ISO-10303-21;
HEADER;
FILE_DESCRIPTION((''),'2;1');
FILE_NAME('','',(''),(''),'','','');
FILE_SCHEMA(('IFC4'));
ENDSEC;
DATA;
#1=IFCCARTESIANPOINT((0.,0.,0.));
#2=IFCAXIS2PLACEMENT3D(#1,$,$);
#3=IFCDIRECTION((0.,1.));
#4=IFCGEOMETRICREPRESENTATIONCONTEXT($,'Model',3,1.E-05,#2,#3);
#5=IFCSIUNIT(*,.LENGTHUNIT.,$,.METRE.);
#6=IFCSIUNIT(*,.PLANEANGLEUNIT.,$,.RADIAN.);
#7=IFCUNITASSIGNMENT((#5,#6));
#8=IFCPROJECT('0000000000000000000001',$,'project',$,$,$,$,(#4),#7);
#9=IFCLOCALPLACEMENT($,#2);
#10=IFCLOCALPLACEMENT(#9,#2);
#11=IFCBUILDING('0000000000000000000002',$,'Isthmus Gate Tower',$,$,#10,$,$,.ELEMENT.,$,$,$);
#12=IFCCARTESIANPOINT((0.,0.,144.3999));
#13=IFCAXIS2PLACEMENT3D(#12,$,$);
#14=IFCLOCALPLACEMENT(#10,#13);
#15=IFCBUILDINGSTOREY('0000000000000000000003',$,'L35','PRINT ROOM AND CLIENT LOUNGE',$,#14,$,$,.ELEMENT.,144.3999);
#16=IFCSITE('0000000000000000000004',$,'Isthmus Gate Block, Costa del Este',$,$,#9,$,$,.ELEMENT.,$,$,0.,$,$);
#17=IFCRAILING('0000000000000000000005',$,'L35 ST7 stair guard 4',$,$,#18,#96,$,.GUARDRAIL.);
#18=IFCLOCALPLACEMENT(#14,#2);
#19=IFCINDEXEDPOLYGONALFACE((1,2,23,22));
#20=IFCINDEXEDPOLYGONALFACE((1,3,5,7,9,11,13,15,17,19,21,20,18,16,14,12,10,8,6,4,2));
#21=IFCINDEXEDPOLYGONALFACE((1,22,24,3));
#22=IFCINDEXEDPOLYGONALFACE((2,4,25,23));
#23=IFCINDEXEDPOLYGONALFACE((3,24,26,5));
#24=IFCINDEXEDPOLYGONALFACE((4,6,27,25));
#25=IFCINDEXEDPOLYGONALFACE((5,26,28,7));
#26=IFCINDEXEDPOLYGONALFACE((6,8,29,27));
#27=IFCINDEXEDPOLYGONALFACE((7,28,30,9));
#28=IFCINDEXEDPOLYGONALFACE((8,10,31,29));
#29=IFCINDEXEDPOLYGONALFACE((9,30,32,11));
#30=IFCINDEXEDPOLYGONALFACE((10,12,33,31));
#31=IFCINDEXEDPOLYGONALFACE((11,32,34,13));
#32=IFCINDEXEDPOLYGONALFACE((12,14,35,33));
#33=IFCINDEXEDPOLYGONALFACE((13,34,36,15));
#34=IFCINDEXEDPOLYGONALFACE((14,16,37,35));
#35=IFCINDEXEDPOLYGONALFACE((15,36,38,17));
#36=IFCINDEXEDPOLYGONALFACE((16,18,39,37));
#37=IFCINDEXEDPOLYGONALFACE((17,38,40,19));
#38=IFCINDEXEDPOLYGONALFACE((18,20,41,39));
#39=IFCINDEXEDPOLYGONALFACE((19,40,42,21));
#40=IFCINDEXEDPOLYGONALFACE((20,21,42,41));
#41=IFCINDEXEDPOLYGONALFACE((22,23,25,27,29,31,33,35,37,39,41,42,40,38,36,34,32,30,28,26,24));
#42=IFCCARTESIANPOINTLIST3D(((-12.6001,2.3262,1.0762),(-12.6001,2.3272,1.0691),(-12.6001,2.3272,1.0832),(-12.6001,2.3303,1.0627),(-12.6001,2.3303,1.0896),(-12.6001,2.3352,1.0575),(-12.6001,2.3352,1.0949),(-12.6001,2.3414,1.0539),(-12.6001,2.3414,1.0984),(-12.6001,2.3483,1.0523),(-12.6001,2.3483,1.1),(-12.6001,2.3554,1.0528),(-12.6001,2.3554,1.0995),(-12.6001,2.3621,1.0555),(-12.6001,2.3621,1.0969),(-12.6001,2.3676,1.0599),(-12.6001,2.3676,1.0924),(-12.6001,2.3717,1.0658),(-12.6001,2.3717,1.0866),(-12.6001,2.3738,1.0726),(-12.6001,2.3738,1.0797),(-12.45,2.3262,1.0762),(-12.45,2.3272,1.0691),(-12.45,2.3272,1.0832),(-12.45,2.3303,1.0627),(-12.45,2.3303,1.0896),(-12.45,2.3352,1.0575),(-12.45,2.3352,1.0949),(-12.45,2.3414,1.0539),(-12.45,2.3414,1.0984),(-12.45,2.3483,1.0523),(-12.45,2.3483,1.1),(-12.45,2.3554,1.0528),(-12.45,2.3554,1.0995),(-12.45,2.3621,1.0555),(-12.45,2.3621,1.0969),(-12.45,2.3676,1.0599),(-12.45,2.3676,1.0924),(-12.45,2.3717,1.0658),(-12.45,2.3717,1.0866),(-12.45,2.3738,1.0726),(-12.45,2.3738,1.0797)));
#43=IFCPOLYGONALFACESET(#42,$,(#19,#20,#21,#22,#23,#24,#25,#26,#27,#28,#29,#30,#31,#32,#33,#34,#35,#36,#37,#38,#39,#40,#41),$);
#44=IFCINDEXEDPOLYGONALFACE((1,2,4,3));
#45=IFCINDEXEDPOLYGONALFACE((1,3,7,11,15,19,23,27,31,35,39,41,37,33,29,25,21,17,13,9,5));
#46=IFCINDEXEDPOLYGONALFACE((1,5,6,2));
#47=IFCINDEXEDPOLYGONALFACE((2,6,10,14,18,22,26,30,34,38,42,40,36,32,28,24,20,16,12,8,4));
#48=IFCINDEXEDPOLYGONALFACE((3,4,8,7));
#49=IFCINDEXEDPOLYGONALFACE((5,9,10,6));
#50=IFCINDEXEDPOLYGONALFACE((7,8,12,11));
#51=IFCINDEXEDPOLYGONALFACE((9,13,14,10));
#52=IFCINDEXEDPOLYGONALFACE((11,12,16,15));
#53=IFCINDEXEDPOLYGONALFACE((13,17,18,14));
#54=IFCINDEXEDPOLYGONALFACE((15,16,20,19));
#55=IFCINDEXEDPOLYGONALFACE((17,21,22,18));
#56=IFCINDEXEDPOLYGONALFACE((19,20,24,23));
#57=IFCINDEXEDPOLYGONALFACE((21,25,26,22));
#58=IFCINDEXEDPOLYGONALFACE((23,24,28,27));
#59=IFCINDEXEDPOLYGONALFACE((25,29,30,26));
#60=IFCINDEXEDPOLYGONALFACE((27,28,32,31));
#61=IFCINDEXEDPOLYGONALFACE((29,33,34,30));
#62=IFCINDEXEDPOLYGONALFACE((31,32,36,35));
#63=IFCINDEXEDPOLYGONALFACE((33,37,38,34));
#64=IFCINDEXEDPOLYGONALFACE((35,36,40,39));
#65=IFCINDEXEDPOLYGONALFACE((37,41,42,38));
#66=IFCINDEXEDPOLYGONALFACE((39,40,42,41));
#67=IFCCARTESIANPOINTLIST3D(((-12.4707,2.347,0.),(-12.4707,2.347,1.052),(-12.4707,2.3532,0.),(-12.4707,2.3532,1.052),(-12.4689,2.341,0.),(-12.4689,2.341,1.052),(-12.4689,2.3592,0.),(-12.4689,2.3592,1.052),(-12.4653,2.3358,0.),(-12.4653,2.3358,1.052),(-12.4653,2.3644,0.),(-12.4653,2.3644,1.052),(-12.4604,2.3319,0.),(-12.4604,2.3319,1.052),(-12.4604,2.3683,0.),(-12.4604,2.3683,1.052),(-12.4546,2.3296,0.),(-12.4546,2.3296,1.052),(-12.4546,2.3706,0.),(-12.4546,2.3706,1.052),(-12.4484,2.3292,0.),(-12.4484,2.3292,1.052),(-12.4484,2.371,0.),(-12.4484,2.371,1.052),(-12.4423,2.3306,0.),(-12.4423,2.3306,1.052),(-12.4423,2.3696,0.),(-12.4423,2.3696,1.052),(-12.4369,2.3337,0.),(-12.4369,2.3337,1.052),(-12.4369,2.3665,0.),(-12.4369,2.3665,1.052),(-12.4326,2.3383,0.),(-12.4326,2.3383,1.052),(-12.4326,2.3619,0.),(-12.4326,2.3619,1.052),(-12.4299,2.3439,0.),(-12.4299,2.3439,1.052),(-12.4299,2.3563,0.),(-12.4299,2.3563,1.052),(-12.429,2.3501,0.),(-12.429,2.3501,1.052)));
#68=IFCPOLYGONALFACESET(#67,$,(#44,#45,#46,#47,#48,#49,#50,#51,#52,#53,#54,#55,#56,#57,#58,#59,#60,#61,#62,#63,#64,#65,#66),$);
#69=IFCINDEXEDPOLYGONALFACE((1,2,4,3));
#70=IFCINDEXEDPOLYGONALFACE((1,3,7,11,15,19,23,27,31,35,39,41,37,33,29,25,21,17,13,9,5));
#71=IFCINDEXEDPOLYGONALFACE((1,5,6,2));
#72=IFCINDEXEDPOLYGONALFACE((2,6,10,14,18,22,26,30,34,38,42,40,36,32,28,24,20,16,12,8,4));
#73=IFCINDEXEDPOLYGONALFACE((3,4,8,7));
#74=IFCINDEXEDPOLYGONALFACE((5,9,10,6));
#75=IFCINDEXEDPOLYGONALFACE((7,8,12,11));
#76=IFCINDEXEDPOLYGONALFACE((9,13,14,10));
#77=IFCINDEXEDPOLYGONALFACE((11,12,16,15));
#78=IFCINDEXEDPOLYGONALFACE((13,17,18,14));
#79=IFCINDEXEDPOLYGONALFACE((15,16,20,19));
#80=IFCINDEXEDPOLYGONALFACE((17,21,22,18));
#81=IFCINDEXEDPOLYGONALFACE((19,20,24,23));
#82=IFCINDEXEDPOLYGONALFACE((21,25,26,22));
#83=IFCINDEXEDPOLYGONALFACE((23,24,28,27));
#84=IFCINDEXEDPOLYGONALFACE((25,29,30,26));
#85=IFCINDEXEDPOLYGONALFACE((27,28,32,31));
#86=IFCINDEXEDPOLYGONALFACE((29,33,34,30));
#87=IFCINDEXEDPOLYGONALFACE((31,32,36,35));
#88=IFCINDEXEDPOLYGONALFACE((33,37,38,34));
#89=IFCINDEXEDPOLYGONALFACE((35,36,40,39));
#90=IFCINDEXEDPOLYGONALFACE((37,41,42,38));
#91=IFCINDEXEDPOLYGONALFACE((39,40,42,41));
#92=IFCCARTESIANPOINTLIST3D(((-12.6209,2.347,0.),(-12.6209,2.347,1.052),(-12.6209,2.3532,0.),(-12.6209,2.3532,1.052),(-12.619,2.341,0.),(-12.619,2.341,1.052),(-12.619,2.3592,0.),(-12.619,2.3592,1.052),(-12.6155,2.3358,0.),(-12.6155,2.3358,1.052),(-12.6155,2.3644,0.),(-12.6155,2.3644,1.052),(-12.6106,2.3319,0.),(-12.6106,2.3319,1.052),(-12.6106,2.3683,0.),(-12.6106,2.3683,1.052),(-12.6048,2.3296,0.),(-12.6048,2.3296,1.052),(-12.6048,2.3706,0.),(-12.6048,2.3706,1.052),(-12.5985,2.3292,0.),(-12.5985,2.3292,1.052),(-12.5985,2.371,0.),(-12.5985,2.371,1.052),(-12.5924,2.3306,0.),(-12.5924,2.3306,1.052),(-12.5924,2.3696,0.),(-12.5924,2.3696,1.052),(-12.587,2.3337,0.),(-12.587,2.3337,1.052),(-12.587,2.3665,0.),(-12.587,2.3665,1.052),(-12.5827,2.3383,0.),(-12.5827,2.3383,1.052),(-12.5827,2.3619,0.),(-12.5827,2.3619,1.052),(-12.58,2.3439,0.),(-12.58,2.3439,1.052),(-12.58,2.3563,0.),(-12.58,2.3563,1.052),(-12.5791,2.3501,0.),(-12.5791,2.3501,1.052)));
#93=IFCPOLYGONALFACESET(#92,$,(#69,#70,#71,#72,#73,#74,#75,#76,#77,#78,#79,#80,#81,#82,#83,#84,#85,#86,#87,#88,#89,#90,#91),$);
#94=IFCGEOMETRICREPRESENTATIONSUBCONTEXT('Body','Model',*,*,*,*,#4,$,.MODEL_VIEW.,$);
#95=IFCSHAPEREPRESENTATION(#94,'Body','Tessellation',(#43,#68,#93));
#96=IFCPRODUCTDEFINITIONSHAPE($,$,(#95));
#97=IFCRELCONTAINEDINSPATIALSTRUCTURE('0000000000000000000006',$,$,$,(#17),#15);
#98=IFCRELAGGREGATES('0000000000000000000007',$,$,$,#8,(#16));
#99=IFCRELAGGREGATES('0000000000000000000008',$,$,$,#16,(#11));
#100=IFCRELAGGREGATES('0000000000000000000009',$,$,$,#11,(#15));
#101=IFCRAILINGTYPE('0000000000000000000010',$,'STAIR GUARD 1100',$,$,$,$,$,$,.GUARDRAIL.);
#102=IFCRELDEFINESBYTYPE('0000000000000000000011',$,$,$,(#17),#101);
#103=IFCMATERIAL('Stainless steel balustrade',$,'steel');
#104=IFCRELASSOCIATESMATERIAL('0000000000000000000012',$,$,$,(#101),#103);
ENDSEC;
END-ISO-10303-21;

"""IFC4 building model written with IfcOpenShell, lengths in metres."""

from ifc_helpers import new_model, si_unit, direction, frame, origin, origin_2d, place, context, subcontext, project, spatial, circle, extrude, material, type_object, element, save


model = new_model("IFC4")

# Units and contexts
model_context = context("Model", 3, precision=1e-05, world=origin(), true_north=direction((0.0, 1.0)))
body_context = subcontext(model_context, "Body", "Model", "MODEL_VIEW")
ifc_project = project(units=[si_unit("LENGTHUNIT", "METRE"), si_unit("PLANEANGLEUNIT", "RADIAN")], contexts=[model_context])

# Site, building, storey
site_placement = place(None, origin())
site = spatial("IfcSite", under=ifc_project, at=site_placement, Name="Isthmus Gate Block, Costa del Este", CompositionType="ELEMENT", RefElevation=0.0)
building_placement = place(site_placement, origin())
building = spatial("IfcBuilding", under=site, at=building_placement, Name="Isthmus Gate Tower", CompositionType="ELEMENT")
storey_placement = place(building_placement, frame((0.0, 0.0, 144.3999)))
storey = spatial("IfcBuildingStorey", under=building, at=storey_placement, Name="L35", Description="PRINT ROOM AND CLIENT LOUNGE", CompositionType="ELEMENT", Elevation=144.3999)

# Railing
ifc_material_1 = material(Name="Stainless steel balustrade", Category="steel")
railing_type_1 = type_object("IfcRailingType", Name="STAIR GUARD 1100", PredefinedType="GUARDRAIL", material=ifc_material_1)
railing_1_placement = place(storey_placement, frame((-12.45, 2.3501, 0.0)))
element("IfcRailing", 1, at=railing_1_placement, inside=storey, type_object=railing_type_1, Name="L35 ST7 stair guard 4", PredefinedType="GUARDRAIL", context=body_context, shape_type="SweptSolid", body=[
    extrude(circle(Radius=0.0239, at=origin_2d()), frame((0.0, 0.0, 1.0762), z_axis=(-1.0, 0.0, 0.0), x_axis=(0.0, -1.0, 0.0)), (0.0, 0.0, 1.0), 0.1501),
    extrude(circle(Radius=0.021, at=origin_2d()), origin(), (0.0, 0.0, 1.0), 1.052),
    extrude(circle(Radius=0.021, at=origin_2d()), frame((-0.1501, 0.0, 0.0)), (0.0, 0.0, 1.0), 1.052),
])

save(model, "model.ifc")
